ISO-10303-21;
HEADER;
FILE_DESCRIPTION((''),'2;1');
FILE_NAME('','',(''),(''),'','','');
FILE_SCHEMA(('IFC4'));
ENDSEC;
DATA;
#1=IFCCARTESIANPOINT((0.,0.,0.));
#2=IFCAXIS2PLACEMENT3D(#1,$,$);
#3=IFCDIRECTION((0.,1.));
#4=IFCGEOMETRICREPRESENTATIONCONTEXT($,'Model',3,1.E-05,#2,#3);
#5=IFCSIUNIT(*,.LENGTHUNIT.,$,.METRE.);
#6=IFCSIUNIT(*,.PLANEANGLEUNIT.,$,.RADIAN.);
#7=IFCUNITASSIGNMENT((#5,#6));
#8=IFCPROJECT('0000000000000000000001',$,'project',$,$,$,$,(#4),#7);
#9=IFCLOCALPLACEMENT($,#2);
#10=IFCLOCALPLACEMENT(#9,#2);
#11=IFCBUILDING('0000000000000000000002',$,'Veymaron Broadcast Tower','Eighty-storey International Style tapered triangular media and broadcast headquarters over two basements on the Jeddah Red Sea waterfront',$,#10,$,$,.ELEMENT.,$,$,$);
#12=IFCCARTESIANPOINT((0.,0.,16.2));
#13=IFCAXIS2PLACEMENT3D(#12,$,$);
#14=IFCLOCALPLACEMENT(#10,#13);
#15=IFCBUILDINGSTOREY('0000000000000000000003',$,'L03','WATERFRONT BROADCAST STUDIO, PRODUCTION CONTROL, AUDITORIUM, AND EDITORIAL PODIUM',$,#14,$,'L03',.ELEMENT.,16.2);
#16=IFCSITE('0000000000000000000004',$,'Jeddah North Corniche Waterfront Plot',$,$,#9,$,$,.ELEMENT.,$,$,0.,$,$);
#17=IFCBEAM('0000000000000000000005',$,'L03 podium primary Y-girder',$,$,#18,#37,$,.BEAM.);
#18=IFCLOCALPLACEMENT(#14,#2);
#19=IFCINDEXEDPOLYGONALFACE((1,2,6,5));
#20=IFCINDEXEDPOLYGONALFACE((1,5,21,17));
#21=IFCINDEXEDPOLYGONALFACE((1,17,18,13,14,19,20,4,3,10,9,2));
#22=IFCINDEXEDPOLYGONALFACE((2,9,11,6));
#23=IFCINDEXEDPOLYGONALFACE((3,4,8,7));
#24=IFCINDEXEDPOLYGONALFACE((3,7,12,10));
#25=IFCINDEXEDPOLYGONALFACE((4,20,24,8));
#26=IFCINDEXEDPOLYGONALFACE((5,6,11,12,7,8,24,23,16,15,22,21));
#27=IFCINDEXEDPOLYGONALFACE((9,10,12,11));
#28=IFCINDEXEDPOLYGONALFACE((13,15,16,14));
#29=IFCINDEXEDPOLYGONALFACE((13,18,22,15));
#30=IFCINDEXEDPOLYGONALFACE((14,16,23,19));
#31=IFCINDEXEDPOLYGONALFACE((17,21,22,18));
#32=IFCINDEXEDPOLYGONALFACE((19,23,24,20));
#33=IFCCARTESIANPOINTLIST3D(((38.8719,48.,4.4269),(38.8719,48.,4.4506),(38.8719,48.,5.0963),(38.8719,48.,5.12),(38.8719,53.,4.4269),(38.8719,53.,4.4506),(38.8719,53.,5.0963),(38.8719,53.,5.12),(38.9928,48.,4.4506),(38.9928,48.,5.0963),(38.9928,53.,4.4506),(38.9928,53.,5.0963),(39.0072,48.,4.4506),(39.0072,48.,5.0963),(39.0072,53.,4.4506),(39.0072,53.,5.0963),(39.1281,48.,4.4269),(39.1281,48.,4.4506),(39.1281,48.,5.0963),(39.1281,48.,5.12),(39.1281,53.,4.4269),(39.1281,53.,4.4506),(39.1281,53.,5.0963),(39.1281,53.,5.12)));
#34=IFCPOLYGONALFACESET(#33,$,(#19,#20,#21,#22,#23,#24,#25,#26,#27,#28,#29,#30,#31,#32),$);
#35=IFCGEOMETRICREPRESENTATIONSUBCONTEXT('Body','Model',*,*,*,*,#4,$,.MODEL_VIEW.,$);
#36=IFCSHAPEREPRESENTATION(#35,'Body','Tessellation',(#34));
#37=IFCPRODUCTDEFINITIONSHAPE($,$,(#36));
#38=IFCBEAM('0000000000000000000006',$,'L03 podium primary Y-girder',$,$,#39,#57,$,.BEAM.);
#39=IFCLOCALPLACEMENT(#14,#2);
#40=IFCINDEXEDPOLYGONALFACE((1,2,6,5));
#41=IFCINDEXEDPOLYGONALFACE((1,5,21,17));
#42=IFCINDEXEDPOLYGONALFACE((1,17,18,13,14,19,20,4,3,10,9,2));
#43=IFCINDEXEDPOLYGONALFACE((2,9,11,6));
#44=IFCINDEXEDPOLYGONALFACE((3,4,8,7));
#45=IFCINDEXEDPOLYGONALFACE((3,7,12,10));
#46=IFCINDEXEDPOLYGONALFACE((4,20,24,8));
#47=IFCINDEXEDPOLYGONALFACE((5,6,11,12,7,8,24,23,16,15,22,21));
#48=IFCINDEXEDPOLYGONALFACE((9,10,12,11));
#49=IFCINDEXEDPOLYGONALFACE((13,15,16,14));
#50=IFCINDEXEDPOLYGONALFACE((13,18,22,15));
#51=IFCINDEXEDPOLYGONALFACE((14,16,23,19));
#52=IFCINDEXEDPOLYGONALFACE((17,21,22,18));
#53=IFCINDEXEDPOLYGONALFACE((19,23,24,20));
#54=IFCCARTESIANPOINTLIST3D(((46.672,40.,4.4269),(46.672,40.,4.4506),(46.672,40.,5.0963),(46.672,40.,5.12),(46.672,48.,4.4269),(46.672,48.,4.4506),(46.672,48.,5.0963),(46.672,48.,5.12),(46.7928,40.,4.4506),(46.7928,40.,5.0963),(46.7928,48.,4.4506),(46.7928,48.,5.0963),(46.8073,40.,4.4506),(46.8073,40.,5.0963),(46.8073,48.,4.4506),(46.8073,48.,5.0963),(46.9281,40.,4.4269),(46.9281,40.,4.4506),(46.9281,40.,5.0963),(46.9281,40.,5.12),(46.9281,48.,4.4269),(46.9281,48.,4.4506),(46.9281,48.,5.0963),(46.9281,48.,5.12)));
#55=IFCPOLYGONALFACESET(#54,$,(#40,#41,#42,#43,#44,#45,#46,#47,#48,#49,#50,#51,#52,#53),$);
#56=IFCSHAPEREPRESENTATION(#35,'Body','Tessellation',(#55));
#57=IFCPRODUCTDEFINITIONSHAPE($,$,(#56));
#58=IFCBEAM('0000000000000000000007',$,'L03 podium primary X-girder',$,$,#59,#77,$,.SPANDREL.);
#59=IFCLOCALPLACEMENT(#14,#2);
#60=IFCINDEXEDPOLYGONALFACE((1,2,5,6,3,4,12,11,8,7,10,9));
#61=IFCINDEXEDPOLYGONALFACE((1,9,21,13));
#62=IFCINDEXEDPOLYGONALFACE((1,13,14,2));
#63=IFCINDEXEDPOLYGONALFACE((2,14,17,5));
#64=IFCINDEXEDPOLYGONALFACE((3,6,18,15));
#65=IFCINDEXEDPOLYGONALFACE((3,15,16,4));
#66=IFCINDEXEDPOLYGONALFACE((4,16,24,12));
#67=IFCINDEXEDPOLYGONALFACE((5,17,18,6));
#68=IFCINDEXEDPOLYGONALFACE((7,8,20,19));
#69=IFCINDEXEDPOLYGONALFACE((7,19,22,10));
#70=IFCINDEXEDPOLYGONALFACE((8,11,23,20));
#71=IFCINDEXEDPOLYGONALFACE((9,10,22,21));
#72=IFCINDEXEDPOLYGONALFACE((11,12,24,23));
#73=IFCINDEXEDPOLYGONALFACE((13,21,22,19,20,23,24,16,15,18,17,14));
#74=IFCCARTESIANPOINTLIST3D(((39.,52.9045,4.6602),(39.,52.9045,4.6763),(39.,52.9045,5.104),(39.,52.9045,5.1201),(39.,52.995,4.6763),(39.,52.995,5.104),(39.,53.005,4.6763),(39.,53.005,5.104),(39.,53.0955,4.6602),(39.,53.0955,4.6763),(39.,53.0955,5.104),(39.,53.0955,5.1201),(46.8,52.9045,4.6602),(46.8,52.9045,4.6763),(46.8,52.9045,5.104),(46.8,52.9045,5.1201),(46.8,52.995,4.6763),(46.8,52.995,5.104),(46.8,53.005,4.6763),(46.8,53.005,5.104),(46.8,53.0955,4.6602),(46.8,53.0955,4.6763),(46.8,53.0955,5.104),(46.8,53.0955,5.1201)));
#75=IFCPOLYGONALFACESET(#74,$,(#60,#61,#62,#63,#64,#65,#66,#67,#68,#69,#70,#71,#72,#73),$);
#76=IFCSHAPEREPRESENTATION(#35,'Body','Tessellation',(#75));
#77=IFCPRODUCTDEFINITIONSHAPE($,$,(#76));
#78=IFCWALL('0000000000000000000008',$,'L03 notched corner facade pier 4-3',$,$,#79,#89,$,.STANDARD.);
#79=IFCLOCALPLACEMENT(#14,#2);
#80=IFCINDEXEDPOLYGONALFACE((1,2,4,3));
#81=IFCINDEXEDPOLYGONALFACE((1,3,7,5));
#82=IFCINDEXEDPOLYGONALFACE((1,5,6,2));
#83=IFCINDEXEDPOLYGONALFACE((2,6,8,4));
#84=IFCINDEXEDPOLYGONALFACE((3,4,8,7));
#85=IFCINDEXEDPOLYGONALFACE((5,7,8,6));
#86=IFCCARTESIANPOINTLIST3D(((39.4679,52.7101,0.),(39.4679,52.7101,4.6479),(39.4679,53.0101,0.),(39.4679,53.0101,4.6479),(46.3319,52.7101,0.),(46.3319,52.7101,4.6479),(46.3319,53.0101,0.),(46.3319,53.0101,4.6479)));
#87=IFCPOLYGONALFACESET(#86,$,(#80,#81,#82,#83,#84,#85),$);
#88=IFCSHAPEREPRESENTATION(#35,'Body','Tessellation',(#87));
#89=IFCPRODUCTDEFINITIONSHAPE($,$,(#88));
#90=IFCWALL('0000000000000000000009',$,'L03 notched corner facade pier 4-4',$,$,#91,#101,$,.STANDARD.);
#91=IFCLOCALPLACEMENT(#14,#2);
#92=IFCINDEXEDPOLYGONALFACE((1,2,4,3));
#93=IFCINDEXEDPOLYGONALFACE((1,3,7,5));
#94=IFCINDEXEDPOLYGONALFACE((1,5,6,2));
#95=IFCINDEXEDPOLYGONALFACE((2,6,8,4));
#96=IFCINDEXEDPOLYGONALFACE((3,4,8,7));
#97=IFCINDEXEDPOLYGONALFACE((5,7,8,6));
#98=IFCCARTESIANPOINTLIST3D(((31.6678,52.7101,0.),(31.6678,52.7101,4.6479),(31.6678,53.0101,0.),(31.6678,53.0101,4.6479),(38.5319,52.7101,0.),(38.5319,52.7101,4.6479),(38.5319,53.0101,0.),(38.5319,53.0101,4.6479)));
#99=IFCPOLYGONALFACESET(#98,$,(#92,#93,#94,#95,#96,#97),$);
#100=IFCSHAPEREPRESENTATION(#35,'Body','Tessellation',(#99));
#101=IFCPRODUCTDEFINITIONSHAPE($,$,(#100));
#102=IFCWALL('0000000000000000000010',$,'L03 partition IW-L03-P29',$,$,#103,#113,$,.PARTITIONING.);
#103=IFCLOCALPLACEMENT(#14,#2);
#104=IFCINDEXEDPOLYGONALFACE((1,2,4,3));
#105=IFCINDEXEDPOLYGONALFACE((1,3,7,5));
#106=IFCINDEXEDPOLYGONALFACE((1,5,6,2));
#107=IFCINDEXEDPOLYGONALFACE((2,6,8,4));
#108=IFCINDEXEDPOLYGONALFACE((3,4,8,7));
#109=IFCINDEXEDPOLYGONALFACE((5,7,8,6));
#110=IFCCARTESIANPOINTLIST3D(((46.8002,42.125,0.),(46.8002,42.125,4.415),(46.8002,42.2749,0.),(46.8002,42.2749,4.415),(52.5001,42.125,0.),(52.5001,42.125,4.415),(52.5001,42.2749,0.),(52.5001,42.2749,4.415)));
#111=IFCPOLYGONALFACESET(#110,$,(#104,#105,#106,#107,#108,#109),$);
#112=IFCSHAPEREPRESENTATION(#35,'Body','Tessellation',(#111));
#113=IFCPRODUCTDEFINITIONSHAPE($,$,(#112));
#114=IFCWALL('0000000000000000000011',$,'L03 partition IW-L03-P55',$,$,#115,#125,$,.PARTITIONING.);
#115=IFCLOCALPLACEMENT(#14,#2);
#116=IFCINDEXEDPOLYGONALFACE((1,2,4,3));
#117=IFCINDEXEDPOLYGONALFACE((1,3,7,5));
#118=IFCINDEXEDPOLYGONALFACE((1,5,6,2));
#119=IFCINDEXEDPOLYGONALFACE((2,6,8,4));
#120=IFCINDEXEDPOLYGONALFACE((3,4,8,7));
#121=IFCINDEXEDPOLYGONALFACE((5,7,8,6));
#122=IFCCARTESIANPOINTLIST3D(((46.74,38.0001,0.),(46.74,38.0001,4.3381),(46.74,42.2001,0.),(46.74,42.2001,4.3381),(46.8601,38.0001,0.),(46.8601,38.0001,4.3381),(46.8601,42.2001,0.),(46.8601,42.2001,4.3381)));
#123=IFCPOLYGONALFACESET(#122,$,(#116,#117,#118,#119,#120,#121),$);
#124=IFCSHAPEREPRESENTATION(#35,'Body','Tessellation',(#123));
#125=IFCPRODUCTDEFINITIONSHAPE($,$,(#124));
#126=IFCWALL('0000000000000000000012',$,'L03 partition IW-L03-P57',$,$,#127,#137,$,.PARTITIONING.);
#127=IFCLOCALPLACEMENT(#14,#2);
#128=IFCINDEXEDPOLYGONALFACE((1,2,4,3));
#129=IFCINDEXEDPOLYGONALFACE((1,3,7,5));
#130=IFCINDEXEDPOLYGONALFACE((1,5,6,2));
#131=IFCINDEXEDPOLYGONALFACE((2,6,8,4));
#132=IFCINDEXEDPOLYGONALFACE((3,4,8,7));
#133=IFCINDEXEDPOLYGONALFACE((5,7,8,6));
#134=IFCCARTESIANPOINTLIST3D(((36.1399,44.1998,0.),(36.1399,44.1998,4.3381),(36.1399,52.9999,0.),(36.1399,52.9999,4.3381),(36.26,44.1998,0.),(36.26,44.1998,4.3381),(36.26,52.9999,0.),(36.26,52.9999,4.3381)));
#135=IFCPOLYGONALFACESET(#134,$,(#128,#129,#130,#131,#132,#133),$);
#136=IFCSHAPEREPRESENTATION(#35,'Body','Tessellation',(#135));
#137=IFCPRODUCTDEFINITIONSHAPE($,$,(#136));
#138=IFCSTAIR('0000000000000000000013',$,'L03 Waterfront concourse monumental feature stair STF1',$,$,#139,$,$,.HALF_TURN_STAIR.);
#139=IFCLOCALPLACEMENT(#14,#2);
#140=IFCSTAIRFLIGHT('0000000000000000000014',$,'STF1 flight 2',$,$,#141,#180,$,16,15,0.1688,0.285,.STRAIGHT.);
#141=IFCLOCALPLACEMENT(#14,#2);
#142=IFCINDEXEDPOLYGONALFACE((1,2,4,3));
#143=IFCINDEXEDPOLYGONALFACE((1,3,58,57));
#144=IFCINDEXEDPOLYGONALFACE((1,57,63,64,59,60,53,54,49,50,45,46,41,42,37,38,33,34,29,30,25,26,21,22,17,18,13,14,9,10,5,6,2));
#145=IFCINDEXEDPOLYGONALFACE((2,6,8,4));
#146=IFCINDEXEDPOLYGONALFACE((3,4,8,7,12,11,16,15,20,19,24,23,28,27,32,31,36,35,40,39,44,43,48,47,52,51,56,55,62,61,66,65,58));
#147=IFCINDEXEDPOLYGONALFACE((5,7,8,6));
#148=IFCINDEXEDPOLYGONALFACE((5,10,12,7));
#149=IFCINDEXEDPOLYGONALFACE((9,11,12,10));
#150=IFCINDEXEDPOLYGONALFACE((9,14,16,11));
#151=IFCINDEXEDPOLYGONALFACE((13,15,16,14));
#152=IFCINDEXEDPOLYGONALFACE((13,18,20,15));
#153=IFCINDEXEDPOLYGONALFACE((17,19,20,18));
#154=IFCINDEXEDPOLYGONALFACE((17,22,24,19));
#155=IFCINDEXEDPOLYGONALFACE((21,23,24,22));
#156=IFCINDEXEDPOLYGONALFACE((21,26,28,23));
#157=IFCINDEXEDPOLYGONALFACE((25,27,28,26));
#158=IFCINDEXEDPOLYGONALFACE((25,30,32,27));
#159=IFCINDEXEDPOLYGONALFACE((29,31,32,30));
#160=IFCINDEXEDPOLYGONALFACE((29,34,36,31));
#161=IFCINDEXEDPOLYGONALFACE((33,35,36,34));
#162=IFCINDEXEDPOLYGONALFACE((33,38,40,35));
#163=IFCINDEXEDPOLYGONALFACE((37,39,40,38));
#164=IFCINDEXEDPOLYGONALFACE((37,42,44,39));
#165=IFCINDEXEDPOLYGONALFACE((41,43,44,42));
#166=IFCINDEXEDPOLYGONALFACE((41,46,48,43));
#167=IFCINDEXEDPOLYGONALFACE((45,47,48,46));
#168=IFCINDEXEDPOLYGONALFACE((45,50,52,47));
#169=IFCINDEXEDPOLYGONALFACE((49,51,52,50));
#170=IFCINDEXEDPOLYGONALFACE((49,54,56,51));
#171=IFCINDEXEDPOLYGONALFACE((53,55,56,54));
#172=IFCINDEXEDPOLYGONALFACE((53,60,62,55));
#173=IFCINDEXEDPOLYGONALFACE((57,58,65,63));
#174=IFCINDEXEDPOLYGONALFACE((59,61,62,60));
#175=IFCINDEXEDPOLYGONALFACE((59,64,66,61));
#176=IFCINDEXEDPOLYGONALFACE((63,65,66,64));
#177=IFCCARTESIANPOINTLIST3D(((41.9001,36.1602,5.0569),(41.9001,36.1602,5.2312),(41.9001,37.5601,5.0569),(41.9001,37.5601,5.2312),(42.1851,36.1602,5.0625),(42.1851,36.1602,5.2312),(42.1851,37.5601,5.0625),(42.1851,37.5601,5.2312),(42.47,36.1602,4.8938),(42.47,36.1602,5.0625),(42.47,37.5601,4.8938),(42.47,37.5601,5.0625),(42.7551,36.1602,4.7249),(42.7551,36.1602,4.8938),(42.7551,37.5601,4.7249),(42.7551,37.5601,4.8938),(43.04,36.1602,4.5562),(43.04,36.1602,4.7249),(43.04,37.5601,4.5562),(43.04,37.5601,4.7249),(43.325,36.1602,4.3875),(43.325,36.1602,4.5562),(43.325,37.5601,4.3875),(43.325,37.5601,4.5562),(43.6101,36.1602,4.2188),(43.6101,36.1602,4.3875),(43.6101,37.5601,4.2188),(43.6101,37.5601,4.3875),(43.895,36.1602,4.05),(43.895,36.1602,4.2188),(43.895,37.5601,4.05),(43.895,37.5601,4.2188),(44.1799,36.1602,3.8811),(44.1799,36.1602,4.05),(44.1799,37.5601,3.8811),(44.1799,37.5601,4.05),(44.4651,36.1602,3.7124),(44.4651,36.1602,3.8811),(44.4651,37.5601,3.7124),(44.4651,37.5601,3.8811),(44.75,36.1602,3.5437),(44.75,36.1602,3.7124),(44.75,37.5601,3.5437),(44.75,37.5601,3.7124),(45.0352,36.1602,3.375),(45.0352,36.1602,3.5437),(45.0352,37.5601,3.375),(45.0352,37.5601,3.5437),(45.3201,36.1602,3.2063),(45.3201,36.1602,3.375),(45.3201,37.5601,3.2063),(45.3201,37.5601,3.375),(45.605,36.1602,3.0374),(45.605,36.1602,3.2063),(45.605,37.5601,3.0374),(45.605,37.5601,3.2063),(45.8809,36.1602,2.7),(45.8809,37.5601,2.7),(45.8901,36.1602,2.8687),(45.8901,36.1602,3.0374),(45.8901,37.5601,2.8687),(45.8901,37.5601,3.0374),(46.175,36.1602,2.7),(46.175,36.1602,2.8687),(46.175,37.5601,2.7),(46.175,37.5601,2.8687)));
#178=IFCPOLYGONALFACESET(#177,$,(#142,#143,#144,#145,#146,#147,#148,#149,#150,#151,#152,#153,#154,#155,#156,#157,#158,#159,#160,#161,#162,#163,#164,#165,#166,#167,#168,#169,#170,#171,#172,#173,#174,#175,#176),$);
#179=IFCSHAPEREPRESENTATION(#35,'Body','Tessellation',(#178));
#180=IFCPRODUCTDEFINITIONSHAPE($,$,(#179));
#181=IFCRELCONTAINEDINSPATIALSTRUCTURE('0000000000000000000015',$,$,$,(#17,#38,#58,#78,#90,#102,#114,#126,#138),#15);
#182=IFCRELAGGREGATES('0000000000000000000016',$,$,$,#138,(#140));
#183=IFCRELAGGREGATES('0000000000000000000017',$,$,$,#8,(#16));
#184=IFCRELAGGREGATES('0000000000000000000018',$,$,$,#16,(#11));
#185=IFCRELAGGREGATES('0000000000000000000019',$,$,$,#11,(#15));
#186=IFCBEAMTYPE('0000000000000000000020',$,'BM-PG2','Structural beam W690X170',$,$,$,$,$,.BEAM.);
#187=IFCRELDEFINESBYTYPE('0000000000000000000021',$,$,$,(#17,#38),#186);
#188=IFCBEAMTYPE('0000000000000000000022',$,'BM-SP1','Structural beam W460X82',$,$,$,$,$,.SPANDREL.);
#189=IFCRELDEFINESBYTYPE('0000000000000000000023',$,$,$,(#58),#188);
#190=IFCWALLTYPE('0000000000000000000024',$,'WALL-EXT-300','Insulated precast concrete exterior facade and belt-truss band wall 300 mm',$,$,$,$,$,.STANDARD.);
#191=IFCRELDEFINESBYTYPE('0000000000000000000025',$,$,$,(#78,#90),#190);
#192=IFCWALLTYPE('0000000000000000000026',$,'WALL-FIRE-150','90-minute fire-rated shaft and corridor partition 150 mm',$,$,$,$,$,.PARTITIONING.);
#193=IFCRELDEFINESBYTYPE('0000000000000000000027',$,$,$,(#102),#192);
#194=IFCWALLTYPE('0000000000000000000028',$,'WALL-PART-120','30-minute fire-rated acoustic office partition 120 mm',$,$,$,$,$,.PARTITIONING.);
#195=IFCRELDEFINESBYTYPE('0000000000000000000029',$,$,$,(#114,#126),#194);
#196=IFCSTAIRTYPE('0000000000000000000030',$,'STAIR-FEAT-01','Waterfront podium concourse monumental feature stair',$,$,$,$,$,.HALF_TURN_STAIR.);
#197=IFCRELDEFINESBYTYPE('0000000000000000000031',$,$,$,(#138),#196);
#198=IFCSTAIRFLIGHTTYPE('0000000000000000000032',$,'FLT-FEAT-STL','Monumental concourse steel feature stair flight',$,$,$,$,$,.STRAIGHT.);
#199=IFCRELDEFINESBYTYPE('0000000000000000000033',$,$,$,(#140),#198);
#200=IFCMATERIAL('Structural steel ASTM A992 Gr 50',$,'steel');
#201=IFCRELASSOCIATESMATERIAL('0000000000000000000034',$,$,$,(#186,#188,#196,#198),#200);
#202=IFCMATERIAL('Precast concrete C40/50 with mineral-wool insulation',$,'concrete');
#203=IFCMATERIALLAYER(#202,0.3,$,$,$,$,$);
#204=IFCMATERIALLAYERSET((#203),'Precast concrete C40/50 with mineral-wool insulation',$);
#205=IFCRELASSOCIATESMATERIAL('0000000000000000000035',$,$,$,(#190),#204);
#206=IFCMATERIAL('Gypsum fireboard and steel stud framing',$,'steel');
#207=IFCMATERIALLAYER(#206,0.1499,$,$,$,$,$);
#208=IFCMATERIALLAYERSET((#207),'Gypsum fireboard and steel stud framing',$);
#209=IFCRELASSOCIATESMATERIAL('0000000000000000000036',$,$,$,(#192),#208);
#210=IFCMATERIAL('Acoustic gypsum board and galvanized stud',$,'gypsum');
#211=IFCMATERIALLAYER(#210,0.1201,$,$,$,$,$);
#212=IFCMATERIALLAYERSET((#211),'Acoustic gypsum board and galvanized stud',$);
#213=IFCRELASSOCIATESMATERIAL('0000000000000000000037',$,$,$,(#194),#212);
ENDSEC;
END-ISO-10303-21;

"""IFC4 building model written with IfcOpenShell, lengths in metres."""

from ifc_helpers import new_model, si_unit, direction, frame, frame_2d, origin, origin_2d, place, context, subcontext, project, spatial, polyline, rectangle, i_section, outline, extrude, material, layer, layer_set, material_profile, profile_set, type_object, element, aggregate, save


model = new_model("IFC4")

# Units and contexts
model_context = context("Model", 3, precision=1e-05, world=origin(), true_north=direction((0.0, 1.0)))
body_context = subcontext(model_context, "Body", "Model", "MODEL_VIEW")
ifc_project = project(units=[si_unit("LENGTHUNIT", "METRE"), si_unit("PLANEANGLEUNIT", "RADIAN")], contexts=[model_context])

# Site, building, storey
site_placement = place(None, origin())
site = spatial("IfcSite", under=ifc_project, at=site_placement, Name="Jeddah North Corniche Waterfront Plot", CompositionType="ELEMENT", RefElevation=0.0)
building_placement = place(site_placement, origin())
building = spatial("IfcBuilding", under=site, at=building_placement, Name="Veymaron Broadcast Tower", Description="Eighty-storey International Style tapered triangular media and broadcast headquarters over two basements on the Jeddah Red Sea waterfront", CompositionType="ELEMENT")
storey_placement = place(building_placement, frame((0.0, 0.0, 16.2)))
storey = spatial("IfcBuildingStorey", under=building, at=storey_placement, Name="L03", Description="WATERFRONT BROADCAST STUDIO, PRODUCTION CONTROL, AUDITORIUM, AND EDITORIAL PODIUM", LongName="L03", CompositionType="ELEMENT", Elevation=16.2)

# Beams
ifc_material_1 = material(Name="Structural steel ASTM A992 Gr 50", Category="steel")
ifc_material_profile_1 = material_profile(ifc_material_1, i_section(OverallWidth=0.2561, OverallDepth=0.6931, WebThickness=0.0144, FlangeThickness=0.0237, at=origin_2d()), Name="W690X170")
ifc_profile_set_1 = profile_set([ifc_material_profile_1], Name="Structural steel ASTM A992 Gr 50")
beam_type_1 = type_object("IfcBeamType", Name="BM-PG2", Description="Structural beam W690X170", PredefinedType="BEAM", material=ifc_profile_set_1)
beam_1_placement = place(storey_placement, frame((39.0, 48.0, 4.7734), z_axis=(0.0, 1.0, 0.0), x_axis=(-1.0, 0.0, 0.0)))
element("IfcBeam", 1, at=beam_1_placement, inside=storey, type_object=beam_type_1, Name="L03 podium primary Y-girder", PredefinedType="BEAM", context=body_context, shape_type="SweptSolid", body=[
    extrude(i_section(OverallWidth=0.2561, OverallDepth=0.6931, WebThickness=0.0144, FlangeThickness=0.0237, at=origin_2d()), origin(), (0.0, 0.0, 1.0), 5.0),
])
beam_2_placement = place(storey_placement, frame((46.8, 40.0, 4.7734), z_axis=(0.0, 1.0, 0.0), x_axis=(-1.0, 0.0, 0.0)))
element("IfcBeam", 2, at=beam_2_placement, inside=storey, type_object=beam_type_1, Name="L03 podium primary Y-girder", PredefinedType="BEAM", context=body_context, shape_type="SweptSolid", body=[
    extrude(i_section(OverallWidth=0.2561, OverallDepth=0.6931, WebThickness=0.0144, FlangeThickness=0.0237, at=origin_2d()), origin(), (0.0, 0.0, 1.0), 8.0),
])
ifc_material_profile_2 = material_profile(ifc_material_1, i_section(OverallWidth=0.1909, OverallDepth=0.46, WebThickness=0.01, FlangeThickness=0.0161, at=origin_2d()), Name="W460X82")
ifc_profile_set_2 = profile_set([ifc_material_profile_2], Name="Structural steel ASTM A992 Gr 50")
beam_type_2 = type_object("IfcBeamType", Name="BM-SP1", Description="Structural beam W460X82", PredefinedType="SPANDREL", material=ifc_profile_set_2)
beam_3_placement = place(storey_placement, frame((39.0, 53.0, 4.8901), z_axis=(1.0, 0.0, 0.0), x_axis=(0.0, 1.0, 0.0)))
element("IfcBeam", 3, at=beam_3_placement, inside=storey, type_object=beam_type_2, Name="L03 podium primary X-girder", PredefinedType="SPANDREL", context=body_context, shape_type="SweptSolid", body=[
    extrude(i_section(OverallWidth=0.1909, OverallDepth=0.46, WebThickness=0.01, FlangeThickness=0.0161, at=origin_2d()), origin(), (0.0, 0.0, 1.0), 7.8),
])

# Walls
ifc_material_2 = material(Name="Precast concrete C40/50 with mineral-wool insulation", Category="concrete")
ifc_layer_1 = layer(ifc_material_2, 0.3)
ifc_layer_set_1 = layer_set([ifc_layer_1], Name="Precast concrete C40/50 with mineral-wool insulation")
wall_type_1 = type_object("IfcWallType", Name="WALL-EXT-300", Description="Insulated precast concrete exterior facade and belt-truss band wall 300 mm", PredefinedType="STANDARD", material=ifc_layer_set_1)
for number, where, z_axis, x_axis, name in (
    (4, (46.332, 52.8601, 0.0), (0.0, 0.0, 1.0), (-1.0, 0.0, 0.0), "L03 notched corner facade pier 4-3"),
    (5, (38.532, 52.8601, 0.0), (0.0, 0.0, 1.0), (-1.0, 0.0, 0.0), "L03 notched corner facade pier 4-4"),
):
    element("IfcWall", number, at=place(storey_placement, frame(where, z_axis=z_axis, x_axis=x_axis)), inside=storey, type_object=wall_type_1, Name=name, PredefinedType="STANDARD", context=body_context, shape_type="SweptSolid", body=[
        extrude(rectangle(XDim=6.864, YDim=0.3, at=frame_2d((3.4321, 0.0))), origin(), (0.0, 0.0, 1.0), 4.6479),
    ])
ifc_material_3 = material(Name="Gypsum fireboard and steel stud framing", Category="steel")
ifc_layer_2 = layer(ifc_material_3, 0.1499)
ifc_layer_set_2 = layer_set([ifc_layer_2], Name="Gypsum fireboard and steel stud framing")
wall_type_2 = type_object("IfcWallType", Name="WALL-FIRE-150", Description="90-minute fire-rated shaft and corridor partition 150 mm", PredefinedType="PARTITIONING", material=ifc_layer_set_2)
wall_1_placement = place(storey_placement, frame((46.8, 42.2, 0.0), z_axis=(0.0, 0.0, 1.0), x_axis=(1.0, 0.0, 0.0)))
element("IfcWall", 6, at=wall_1_placement, inside=storey, type_object=wall_type_2, Name="L03 partition IW-L03-P29", PredefinedType="PARTITIONING", context=body_context, shape_type="SweptSolid", body=[
    extrude(rectangle(XDim=5.7, YDim=0.1499, at=frame_2d((2.8501, 0.0))), origin(), (0.0, 0.0, 1.0), 4.415),
])
ifc_material_4 = material(Name="Acoustic gypsum board and galvanized stud", Category="gypsum")
ifc_layer_3 = layer(ifc_material_4, 0.1201)
ifc_layer_set_3 = layer_set([ifc_layer_3], Name="Acoustic gypsum board and galvanized stud")
wall_type_3 = type_object("IfcWallType", Name="WALL-PART-120", Description="30-minute fire-rated acoustic office partition 120 mm", PredefinedType="PARTITIONING", material=ifc_layer_set_3)
wall_2_placement = place(storey_placement, frame((46.8, 38.0, 0.0), z_axis=(0.0, 0.0, 1.0), x_axis=(0.0, 1.0, 0.0)))
element("IfcWall", 7, at=wall_2_placement, inside=storey, type_object=wall_type_3, Name="L03 partition IW-L03-P55", PredefinedType="PARTITIONING", context=body_context, shape_type="SweptSolid", body=[
    extrude(rectangle(XDim=4.2, YDim=0.1201, at=frame_2d((2.1001, 0.0))), origin(), (0.0, 0.0, 1.0), 4.3381),
])
wall_3_placement = place(storey_placement, frame((36.2, 44.2, 0.0), z_axis=(0.0, 0.0, 1.0), x_axis=(0.0, 1.0, 0.0)))
element("IfcWall", 8, at=wall_3_placement, inside=storey, type_object=wall_type_3, Name="L03 partition IW-L03-P57", PredefinedType="PARTITIONING", context=body_context, shape_type="SweptSolid", body=[
    extrude(rectangle(XDim=8.8, YDim=0.1201, at=frame_2d((4.3999, 0.0))), origin(), (0.0, 0.0, 1.0), 4.3381),
])

# Stair, stair flight
stair_type = type_object("IfcStairType", Name="STAIR-FEAT-01", Description="Waterfront podium concourse monumental feature stair", PredefinedType="HALF_TURN_STAIR", material=ifc_material_1)
stair_placement = place(storey_placement, origin())
stair = element("IfcStair", 9, at=stair_placement, inside=storey, type_object=stair_type, Name="L03 Waterfront concourse monumental feature stair STF1", PredefinedType="HALF_TURN_STAIR")
stair_flight_type = type_object("IfcStairFlightType", Name="FLT-FEAT-STL", Description="Monumental concourse steel feature stair flight", PredefinedType="STRAIGHT", material=ifc_material_1)
stair_flight_placement = place(storey_placement, frame((46.175, 36.8601, 2.7), z_axis=(0.0, 0.0, 1.0), x_axis=(-1.0, 0.0, 0.0)))
stair_flight = element("IfcStairFlight", 10, at=stair_flight_placement, type_object=stair_flight_type, Name="STF1 flight 2", NumberOfRisers=16, NumberOfTreads=15, PredefinedType="STRAIGHT", RiserHeight=0.1688, TreadLength=0.285, context=body_context, shape_type="SweptSolid", body=[
    extrude(outline(polyline([(0.0, 0.0), (0.0, 0.1687), (0.2849, 0.1687), (0.2849, 0.3374), (0.5701, 0.3374), (0.5701, 0.5063), (0.855, 0.5063), (0.855, 0.675), (1.1399, 0.675), (1.1399, 0.8438), (1.425, 0.8438), (1.425, 1.0125), (1.71, 1.0125), (1.71, 1.1812), (1.9951, 1.1812), (1.9951, 1.3501), (2.28, 1.3501), (2.28, 1.5188), (2.5649, 1.5188), (2.5649, 1.6875), (2.8501, 1.6875), (2.8501, 1.8562), (3.135, 1.8562), (3.135, 2.0249), (3.4199, 2.0249), (3.4199, 2.1938), (3.7051, 2.1938), (3.7051, 2.3625), (3.99, 2.3625), (3.99, 2.5312), (4.2749, 2.5312), (4.2749, 2.7), (4.2749, 2.3569), (0.2942, 0.0), (0.0, 0.0)])), frame((0.0, 0.7, 0.0), z_axis=(0.0, -1.0, 0.0), x_axis=(1.0, 0.0, 0.0)), (0.0, 0.0, 1.0), 1.3999),
])
aggregate(stair, [stair_flight])

save(model, "model.ifc")
